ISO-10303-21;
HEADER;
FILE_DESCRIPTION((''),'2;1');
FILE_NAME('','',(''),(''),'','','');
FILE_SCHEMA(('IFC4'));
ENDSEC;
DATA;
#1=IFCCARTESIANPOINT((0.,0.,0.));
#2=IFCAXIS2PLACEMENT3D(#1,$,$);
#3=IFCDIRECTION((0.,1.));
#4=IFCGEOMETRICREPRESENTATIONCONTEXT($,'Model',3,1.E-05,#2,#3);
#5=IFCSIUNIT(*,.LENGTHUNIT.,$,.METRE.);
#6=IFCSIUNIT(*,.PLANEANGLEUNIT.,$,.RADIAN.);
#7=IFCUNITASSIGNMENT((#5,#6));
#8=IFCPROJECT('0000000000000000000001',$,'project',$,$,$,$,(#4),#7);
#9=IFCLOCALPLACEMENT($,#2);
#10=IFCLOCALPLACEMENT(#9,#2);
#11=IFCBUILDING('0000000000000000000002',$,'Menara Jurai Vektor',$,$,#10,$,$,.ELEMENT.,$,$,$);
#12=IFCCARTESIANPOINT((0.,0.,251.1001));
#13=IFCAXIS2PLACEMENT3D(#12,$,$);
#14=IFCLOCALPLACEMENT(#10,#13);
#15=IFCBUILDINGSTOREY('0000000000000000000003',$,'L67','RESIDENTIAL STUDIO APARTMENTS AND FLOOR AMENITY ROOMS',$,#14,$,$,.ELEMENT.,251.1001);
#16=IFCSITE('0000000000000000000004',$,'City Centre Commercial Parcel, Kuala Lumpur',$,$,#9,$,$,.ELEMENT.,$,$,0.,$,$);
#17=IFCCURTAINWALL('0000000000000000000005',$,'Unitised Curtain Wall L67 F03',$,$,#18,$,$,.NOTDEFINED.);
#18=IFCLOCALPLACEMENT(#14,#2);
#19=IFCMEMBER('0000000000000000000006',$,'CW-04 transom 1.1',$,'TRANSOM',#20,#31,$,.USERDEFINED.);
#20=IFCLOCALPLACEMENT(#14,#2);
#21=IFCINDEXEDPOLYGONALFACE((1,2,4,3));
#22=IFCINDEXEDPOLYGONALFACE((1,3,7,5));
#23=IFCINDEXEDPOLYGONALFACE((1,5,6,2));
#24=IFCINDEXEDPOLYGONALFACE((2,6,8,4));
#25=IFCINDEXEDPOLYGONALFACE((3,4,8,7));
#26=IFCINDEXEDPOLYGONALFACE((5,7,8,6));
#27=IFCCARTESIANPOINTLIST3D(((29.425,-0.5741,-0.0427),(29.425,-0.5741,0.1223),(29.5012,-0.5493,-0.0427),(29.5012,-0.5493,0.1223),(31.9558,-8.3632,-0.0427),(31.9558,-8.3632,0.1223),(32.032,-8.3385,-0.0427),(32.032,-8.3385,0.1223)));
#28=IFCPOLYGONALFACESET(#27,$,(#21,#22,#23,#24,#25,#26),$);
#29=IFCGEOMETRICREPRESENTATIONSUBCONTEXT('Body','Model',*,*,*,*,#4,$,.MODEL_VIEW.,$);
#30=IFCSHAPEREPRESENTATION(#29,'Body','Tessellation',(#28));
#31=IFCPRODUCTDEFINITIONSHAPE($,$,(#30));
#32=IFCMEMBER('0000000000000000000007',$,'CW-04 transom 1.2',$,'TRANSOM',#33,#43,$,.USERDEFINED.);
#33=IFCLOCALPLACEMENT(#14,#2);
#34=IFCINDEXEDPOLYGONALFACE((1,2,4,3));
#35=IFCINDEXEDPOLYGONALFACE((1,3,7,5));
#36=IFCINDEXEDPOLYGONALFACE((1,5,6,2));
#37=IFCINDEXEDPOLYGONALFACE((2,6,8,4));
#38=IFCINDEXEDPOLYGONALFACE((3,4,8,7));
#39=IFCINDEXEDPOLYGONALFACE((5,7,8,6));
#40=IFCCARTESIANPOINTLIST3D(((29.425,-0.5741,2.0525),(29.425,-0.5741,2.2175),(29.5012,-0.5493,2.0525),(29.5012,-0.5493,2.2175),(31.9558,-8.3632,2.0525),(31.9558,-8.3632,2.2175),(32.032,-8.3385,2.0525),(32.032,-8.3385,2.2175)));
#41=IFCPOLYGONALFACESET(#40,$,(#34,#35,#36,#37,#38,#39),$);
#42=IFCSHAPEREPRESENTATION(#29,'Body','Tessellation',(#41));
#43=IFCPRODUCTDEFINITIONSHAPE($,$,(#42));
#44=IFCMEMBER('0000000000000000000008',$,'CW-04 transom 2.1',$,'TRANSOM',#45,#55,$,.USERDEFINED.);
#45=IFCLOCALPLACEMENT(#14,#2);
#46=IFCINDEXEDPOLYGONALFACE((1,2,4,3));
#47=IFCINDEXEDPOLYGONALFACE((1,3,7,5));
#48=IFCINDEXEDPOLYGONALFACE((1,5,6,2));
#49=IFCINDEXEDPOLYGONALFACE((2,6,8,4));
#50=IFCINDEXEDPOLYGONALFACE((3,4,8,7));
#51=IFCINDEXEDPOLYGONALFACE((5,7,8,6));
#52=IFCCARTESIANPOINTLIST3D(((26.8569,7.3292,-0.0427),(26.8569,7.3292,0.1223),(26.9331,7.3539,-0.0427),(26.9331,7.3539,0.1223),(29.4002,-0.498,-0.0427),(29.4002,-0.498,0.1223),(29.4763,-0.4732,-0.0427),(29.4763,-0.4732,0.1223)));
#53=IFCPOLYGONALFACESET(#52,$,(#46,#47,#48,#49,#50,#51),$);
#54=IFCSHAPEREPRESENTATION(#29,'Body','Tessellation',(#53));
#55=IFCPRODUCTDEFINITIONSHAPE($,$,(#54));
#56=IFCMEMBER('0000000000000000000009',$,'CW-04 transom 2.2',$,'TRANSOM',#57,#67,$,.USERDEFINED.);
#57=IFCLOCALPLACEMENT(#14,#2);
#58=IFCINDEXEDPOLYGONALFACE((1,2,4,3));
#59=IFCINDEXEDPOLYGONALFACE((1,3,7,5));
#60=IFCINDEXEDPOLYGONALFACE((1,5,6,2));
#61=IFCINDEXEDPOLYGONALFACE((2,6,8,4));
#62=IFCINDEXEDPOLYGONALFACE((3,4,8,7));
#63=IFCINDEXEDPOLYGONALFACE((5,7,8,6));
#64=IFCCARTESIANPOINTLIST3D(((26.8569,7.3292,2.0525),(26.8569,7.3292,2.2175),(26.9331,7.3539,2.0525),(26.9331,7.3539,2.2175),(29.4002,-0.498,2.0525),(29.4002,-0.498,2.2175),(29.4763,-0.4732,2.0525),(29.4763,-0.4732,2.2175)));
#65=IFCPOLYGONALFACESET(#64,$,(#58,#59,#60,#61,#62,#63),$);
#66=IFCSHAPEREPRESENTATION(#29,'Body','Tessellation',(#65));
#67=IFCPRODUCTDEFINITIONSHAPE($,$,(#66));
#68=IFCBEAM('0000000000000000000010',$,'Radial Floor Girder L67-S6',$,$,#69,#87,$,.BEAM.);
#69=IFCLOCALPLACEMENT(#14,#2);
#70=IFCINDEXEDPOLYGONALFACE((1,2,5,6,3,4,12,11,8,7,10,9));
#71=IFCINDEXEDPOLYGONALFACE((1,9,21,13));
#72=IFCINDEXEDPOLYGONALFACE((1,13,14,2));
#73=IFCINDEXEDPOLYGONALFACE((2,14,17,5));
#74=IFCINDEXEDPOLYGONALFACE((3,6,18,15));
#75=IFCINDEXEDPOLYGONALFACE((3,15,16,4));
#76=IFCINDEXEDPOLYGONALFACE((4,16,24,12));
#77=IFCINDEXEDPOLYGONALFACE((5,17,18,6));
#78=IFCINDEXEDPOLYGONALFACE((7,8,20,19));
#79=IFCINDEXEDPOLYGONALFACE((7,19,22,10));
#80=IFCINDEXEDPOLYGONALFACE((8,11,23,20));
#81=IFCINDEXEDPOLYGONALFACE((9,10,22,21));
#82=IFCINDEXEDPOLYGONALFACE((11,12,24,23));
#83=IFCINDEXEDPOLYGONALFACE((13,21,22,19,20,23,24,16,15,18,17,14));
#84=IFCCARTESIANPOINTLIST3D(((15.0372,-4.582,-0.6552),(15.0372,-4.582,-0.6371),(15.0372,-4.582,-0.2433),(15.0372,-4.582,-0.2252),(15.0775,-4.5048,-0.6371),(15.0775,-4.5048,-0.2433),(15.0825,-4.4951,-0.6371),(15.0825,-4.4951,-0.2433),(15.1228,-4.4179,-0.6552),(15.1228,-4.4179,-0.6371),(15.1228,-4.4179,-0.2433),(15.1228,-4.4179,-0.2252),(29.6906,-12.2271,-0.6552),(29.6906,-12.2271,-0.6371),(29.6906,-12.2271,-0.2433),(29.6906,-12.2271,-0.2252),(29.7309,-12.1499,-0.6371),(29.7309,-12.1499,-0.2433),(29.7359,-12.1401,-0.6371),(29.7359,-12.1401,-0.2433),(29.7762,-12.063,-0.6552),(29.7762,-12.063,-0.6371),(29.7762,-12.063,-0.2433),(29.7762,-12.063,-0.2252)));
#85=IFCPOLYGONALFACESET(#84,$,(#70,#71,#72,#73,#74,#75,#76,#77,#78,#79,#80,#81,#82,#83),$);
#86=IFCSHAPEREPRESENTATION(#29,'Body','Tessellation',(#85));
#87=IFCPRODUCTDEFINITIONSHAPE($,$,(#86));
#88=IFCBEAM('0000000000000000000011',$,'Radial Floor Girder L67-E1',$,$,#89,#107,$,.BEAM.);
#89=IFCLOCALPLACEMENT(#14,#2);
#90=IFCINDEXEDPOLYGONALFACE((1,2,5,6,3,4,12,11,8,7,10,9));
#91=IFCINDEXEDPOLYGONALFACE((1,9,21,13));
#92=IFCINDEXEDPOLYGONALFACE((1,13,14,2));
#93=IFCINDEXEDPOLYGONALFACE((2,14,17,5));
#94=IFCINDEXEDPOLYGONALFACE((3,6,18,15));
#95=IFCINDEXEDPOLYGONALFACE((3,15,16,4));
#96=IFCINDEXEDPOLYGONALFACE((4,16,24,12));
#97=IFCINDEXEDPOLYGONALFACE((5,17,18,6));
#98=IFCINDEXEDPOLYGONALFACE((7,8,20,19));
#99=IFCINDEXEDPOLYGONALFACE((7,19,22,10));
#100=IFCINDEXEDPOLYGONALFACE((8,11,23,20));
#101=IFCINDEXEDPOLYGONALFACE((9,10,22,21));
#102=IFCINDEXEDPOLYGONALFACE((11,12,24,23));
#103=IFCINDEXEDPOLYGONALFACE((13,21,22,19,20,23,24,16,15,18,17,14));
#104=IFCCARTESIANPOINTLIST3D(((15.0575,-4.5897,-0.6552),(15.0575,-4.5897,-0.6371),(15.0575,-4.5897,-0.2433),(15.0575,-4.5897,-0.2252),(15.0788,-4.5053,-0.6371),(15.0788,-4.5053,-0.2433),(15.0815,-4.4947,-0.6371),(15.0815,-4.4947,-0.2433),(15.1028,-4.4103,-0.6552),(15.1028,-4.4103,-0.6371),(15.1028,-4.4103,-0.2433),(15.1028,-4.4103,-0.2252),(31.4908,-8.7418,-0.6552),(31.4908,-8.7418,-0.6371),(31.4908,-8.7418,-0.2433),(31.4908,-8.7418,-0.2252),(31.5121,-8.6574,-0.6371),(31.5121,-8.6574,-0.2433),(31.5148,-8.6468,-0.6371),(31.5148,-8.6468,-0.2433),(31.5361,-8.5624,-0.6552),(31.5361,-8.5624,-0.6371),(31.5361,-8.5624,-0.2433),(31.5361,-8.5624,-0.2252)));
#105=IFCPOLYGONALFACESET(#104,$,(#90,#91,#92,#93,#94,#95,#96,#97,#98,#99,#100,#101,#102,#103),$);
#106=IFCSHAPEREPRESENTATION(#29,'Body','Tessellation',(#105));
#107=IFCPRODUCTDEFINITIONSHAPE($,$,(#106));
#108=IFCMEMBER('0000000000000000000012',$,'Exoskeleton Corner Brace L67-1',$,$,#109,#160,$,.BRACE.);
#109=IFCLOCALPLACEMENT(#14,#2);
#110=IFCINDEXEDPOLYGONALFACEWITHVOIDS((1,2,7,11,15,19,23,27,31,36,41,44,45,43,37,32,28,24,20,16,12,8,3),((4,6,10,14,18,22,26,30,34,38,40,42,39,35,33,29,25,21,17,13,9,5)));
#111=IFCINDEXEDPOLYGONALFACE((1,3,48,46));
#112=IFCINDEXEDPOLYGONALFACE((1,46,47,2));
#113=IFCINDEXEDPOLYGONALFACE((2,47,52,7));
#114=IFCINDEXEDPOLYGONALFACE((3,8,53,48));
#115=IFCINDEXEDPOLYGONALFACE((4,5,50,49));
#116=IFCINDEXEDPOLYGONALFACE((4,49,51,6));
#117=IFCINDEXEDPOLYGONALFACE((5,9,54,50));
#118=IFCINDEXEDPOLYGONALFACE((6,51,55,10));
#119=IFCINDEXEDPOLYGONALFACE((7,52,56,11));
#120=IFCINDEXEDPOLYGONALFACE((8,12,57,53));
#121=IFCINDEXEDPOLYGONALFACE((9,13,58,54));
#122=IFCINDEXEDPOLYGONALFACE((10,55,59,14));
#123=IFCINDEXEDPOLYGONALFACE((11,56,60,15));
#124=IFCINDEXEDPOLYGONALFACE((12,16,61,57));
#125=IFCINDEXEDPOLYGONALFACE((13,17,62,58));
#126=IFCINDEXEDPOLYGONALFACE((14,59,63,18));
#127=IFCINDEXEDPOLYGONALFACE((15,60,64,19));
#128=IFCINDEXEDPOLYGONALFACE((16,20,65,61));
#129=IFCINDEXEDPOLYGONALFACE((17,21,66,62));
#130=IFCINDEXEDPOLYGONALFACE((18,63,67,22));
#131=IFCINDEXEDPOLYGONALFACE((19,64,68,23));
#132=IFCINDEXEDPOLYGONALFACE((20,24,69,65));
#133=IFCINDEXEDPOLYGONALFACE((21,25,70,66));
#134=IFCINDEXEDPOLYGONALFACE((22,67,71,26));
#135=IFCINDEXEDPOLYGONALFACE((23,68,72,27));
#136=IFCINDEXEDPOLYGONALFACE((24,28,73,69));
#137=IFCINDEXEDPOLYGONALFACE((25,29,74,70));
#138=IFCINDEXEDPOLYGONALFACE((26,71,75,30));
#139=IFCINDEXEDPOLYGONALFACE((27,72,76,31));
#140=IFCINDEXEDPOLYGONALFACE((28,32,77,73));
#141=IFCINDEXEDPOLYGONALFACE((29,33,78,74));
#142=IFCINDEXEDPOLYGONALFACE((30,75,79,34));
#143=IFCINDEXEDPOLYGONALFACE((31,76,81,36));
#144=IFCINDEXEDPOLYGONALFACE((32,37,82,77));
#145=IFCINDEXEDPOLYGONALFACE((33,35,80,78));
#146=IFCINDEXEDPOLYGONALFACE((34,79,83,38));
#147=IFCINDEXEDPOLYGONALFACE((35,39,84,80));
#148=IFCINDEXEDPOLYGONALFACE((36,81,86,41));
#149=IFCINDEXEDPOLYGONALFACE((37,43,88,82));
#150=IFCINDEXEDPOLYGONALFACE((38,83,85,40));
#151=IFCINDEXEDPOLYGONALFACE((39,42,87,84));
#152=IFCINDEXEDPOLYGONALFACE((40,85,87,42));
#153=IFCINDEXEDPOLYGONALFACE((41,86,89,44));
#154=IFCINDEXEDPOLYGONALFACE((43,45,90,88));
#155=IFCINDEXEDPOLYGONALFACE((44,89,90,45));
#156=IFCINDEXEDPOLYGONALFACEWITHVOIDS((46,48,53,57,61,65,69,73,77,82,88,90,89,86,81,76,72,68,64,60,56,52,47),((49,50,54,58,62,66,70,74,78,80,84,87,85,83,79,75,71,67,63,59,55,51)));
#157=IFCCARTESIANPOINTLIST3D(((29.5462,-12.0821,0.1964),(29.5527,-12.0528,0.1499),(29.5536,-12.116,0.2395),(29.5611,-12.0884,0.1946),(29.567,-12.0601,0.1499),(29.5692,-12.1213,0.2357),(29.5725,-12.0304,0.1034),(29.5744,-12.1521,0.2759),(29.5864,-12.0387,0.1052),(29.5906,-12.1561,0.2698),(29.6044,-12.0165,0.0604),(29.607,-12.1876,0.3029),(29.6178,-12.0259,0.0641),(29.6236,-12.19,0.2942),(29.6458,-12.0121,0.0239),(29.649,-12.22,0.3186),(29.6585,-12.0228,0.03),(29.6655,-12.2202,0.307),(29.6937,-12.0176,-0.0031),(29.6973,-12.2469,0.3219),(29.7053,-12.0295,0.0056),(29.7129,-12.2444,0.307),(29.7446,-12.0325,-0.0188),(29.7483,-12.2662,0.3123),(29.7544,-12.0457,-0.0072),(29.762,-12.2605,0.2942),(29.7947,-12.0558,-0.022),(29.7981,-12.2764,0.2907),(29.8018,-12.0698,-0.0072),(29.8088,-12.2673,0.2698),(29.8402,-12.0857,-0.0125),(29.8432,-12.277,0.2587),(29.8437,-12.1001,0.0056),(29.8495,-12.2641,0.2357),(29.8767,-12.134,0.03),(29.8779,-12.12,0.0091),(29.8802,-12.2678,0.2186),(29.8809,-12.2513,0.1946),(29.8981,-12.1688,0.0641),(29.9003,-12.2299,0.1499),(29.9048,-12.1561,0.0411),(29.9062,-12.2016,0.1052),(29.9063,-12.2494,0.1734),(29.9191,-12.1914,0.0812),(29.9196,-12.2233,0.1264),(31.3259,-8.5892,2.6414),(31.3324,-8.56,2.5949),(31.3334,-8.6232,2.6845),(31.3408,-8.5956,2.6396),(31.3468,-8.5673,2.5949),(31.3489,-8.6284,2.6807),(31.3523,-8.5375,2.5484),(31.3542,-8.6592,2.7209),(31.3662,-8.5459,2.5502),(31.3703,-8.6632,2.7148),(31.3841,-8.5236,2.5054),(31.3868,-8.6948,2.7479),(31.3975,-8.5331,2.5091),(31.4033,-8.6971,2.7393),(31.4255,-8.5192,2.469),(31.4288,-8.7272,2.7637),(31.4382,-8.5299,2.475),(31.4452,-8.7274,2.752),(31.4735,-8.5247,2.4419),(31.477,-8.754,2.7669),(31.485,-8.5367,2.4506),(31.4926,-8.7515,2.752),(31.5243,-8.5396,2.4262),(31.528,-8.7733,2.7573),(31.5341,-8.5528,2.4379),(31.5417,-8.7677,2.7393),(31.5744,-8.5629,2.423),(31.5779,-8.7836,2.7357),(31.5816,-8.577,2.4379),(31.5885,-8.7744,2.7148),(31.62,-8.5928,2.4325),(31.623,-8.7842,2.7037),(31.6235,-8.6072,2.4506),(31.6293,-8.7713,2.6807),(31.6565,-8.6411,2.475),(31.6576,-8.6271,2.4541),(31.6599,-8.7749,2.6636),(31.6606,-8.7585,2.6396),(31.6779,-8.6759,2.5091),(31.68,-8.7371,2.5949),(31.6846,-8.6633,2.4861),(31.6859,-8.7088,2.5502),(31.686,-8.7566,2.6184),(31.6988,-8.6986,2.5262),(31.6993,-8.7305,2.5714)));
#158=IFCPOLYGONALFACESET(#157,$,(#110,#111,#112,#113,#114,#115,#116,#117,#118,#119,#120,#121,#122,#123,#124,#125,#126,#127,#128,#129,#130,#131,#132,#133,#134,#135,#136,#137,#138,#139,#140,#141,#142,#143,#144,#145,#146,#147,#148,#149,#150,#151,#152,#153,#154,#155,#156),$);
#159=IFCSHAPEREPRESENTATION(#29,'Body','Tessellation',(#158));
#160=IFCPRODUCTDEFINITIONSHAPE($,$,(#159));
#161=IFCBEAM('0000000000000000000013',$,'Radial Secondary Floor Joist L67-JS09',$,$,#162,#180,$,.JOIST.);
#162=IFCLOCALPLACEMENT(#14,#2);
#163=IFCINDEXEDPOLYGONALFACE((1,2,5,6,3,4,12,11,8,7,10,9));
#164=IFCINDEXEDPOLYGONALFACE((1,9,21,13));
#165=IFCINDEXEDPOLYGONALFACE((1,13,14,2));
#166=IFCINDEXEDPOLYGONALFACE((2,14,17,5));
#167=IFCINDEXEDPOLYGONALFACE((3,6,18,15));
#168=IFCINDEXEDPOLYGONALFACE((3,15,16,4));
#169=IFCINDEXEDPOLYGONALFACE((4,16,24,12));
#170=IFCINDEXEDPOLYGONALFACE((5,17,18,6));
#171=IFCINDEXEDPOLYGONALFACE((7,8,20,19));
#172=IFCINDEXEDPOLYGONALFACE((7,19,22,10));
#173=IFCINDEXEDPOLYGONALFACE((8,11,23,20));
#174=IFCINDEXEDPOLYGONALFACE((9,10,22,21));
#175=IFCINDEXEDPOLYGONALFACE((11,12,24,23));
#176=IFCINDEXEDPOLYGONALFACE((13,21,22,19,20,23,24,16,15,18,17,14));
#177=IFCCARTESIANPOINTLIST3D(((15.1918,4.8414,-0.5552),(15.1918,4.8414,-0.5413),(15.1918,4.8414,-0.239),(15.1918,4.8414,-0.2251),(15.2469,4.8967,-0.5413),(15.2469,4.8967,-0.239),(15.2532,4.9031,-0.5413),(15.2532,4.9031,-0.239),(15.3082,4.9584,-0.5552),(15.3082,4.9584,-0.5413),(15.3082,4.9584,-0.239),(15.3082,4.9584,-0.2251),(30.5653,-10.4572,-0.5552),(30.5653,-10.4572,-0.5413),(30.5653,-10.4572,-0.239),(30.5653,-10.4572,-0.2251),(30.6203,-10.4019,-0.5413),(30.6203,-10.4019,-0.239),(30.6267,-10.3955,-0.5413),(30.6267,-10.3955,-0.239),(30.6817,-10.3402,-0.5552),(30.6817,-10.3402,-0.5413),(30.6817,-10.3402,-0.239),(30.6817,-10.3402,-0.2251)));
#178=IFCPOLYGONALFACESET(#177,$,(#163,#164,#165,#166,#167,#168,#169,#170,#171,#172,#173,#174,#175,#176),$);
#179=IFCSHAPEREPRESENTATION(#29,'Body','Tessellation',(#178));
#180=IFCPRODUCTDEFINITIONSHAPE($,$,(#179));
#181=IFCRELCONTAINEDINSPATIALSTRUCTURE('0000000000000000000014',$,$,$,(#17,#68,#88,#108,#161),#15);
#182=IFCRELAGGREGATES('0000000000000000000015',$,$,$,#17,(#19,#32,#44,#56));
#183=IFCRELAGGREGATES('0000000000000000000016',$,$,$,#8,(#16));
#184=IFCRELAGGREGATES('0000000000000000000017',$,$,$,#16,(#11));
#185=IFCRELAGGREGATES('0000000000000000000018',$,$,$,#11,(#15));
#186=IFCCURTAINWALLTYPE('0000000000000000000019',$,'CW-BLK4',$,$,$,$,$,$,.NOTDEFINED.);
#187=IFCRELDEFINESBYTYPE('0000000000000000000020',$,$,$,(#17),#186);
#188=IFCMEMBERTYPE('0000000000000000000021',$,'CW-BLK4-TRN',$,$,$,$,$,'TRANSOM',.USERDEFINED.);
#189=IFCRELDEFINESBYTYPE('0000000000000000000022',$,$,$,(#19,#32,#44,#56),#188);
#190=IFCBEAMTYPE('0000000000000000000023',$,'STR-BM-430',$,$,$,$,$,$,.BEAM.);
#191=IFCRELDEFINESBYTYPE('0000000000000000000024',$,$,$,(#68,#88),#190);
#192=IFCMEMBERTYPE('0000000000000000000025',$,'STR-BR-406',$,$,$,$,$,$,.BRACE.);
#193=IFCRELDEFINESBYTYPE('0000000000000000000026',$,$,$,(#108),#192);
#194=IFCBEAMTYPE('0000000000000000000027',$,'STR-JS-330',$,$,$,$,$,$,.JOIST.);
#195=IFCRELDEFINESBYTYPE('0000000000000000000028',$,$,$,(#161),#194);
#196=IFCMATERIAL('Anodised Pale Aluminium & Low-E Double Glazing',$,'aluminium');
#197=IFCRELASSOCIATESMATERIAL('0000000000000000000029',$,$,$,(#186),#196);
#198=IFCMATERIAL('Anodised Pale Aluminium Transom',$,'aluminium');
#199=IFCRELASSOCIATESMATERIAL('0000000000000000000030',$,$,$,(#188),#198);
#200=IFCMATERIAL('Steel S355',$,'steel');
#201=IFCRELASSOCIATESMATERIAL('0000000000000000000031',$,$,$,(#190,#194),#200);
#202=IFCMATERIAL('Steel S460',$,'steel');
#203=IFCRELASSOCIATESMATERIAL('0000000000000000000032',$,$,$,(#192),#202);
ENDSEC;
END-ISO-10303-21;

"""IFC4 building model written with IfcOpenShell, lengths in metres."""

from ifc_helpers import new_model, si_unit, direction, frame, origin, origin_2d, place, context, subcontext, project, spatial, rectangle, hollow_circle, i_section, extrude, material, material_profile, profile_set, type_object, element, aggregate, save


model = new_model("IFC4")

# Units and contexts
model_context = context("Model", 3, precision=1e-05, world=origin(), true_north=direction((0.0, 1.0)))
body_context = subcontext(model_context, "Body", "Model", "MODEL_VIEW")
ifc_project = project(units=[si_unit("LENGTHUNIT", "METRE"), si_unit("PLANEANGLEUNIT", "RADIAN")], contexts=[model_context])

# Site, building, storey
site_placement = place(None, origin())
site = spatial("IfcSite", under=ifc_project, at=site_placement, Name="City Centre Commercial Parcel, Kuala Lumpur", CompositionType="ELEMENT", RefElevation=0.0)
building_placement = place(site_placement, origin())
building = spatial("IfcBuilding", under=site, at=building_placement, Name="Menara Jurai Vektor", CompositionType="ELEMENT")
storey_placement = place(building_placement, frame((0.0, 0.0, 251.1001)))
storey = spatial("IfcBuildingStorey", under=building, at=storey_placement, Name="L67", Description="RESIDENTIAL STUDIO APARTMENTS AND FLOOR AMENITY ROOMS", CompositionType="ELEMENT", Elevation=251.1001)

# Shared definitions
ifc_material_1 = material(Name="Steel S460", Category="steel")

# Shared definitions
ifc_material_2 = material(Name="Anodised Pale Aluminium & Low-E Double Glazing", Category="aluminium")
curtain_wall_type = type_object("IfcCurtainWallType", Name="CW-BLK4", PredefinedType="NOTDEFINED", material=ifc_material_2)

# Curtain wall
curtain_wall_1_placement = place(storey_placement, origin())
curtain_wall_1 = element("IfcCurtainWall", 1, at=curtain_wall_1_placement, inside=storey, type_object=curtain_wall_type, Name="Unitised Curtain Wall L67 F03", PredefinedType="NOTDEFINED")

# Members
ifc_material_3 = material(Name="Anodised Pale Aluminium Transom", Category="aluminium")
ifc_material_profile_1 = material_profile(ifc_material_3, rectangle(XDim=0.0801, YDim=0.165, at=origin_2d()), Name="ALU TRN 80x165")
ifc_profile_set_1 = profile_set([ifc_material_profile_1], Name="Anodised Pale Aluminium Transom")
member_type_1 = type_object("IfcMemberType", Name="CW-BLK4-TRN", ElementType="TRANSOM", PredefinedType="USERDEFINED", material=ifc_profile_set_1)
member_1_placement = place(storey_placement, frame((31.9939, -8.3508, 0.0398), z_axis=(-0.309011, 0.951059, 0.0), x_axis=(-0.951059, -0.309011, 0.0)))
member_1 = element("IfcMember", 2, at=member_1_placement, type_object=member_type_1, Name="CW-04 transom 1.1", ObjectType="TRANSOM", PredefinedType="USERDEFINED", context=body_context, shape_type="SweptSolid", body=[
    extrude(rectangle(XDim=0.0801, YDim=0.165, at=origin_2d()), origin(), (0.0, 0.0, 1.0), 8.1899),
])
member_2_placement = place(storey_placement, frame((31.9939, -8.3508, 2.135), z_axis=(-0.309011, 0.951059, 0.0), x_axis=(-0.951059, -0.309011, 0.0)))
member_2 = element("IfcMember", 3, at=member_2_placement, type_object=member_type_1, Name="CW-04 transom 1.2", ObjectType="TRANSOM", PredefinedType="USERDEFINED", context=body_context, shape_type="SweptSolid", body=[
    extrude(rectangle(XDim=0.0801, YDim=0.165, at=origin_2d()), origin(), (0.0, 0.0, 1.0), 8.1899),
])
member_3_placement = place(storey_placement, frame((29.4382, -0.4856, 0.0398), z_axis=(-0.309019, 0.951056, 0.0), x_axis=(-0.951056, -0.309019, 0.0)))
member_3 = element("IfcMember", 4, at=member_3_placement, type_object=member_type_1, Name="CW-04 transom 2.1", ObjectType="TRANSOM", PredefinedType="USERDEFINED", context=body_context, shape_type="SweptSolid", body=[
    extrude(rectangle(XDim=0.0801, YDim=0.165, at=origin_2d()), origin(), (0.0, 0.0, 1.0), 8.23),
])
member_4_placement = place(storey_placement, frame((29.4382, -0.4856, 2.135), z_axis=(-0.309019, 0.951056, 0.0), x_axis=(-0.951056, -0.309019, 0.0)))
member_4 = element("IfcMember", 5, at=member_4_placement, type_object=member_type_1, Name="CW-04 transom 2.2", ObjectType="TRANSOM", PredefinedType="USERDEFINED", context=body_context, shape_type="SweptSolid", body=[
    extrude(rectangle(XDim=0.0801, YDim=0.165, at=origin_2d()), origin(), (0.0, 0.0, 1.0), 8.23),
])

# Beams
ifc_material_4 = material(Name="Steel S355", Category="steel")
ifc_material_profile_2 = material_profile(ifc_material_4, i_section(OverallWidth=0.1851, OverallDepth=0.4299, WebThickness=0.011, FlangeThickness=0.0181, at=origin_2d()), Name="PG 430x185x76")
ifc_profile_set_2 = profile_set([ifc_material_profile_2], Name="Steel S355")
beam_type_1 = type_object("IfcBeamType", Name="STR-BM-430", PredefinedType="BEAM", material=ifc_profile_set_2)
beam_1_placement = place(storey_placement, frame((29.7334, -12.145, -0.4402), z_axis=(-0.88659, 0.462557, 0.0), x_axis=(-0.462557, -0.88659, 0.0)))
element("IfcBeam", 6, at=beam_1_placement, inside=storey, type_object=beam_type_1, Name="Radial Floor Girder L67-S6", PredefinedType="BEAM", context=body_context, shape_type="SweptSolid", body=[
    extrude(i_section(OverallWidth=0.1851, OverallDepth=0.4299, WebThickness=0.011, FlangeThickness=0.0181, at=origin_2d()), origin(), (0.0, 0.0, 1.0), 16.5278),
])
beam_2_placement = place(storey_placement, frame((31.5134, -8.6521, -0.4402), z_axis=(-0.969532, 0.244965, 0.0), x_axis=(-0.244965, -0.969532, 0.0)))
element("IfcBeam", 7, at=beam_2_placement, inside=storey, type_object=beam_type_1, Name="Radial Floor Girder L67-E1", PredefinedType="BEAM", context=body_context, shape_type="SweptSolid", body=[
    extrude(i_section(OverallWidth=0.1851, OverallDepth=0.4299, WebThickness=0.011, FlangeThickness=0.0181, at=origin_2d()), origin(), (0.0, 0.0, 1.0), 16.9497),
])

# Member
ifc_material_profile_3 = material_profile(ifc_material_1, hollow_circle(Radius=0.2031, WallThickness=0.0161, at=origin_2d()), Name="CHS 406.4x16")
ifc_profile_set_3 = profile_set([ifc_material_profile_3], Name="Steel S460")
member_type_2 = type_object("IfcMemberType", Name="STR-BR-406", PredefinedType="BRACE", material=ifc_profile_set_3)
member_5_placement = place(storey_placement, frame((29.7336, -12.145, 0.1499), z_axis=(0.385216, 0.756006, 0.52921), x_axis=(-0.891001, 0.454001, 0.0)))
element("IfcMember", 8, at=member_5_placement, inside=storey, type_object=member_type_2, Name="Exoskeleton Corner Brace L67-1", PredefinedType="BRACE", context=body_context, shape_type="SweptSolid", body=[
    extrude(hollow_circle(Radius=0.2031, WallThickness=0.0161, at=origin_2d()), origin(), (0.0, 0.0, 1.0), 4.6201),
])

# Beam
ifc_material_profile_4 = material_profile(ifc_material_4, i_section(OverallWidth=0.165, OverallDepth=0.3301, WebThickness=0.009, FlangeThickness=0.0139, at=origin_2d()), Name="PG 330x165x46")
ifc_profile_set_4 = profile_set([ifc_material_profile_4], Name="Steel S355")
beam_type_2 = type_object("IfcBeamType", Name="STR-JS-330", PredefinedType="JOIST", material=ifc_profile_set_4)
beam_3_placement = place(storey_placement, frame((30.6235, -10.3987, -0.3901), z_axis=(-0.708833, 0.705377, 0.0), x_axis=(-0.705377, -0.708833, 0.0)))
element("IfcBeam", 9, at=beam_3_placement, inside=storey, type_object=beam_type_2, Name="Radial Secondary Floor Joist L67-JS09", PredefinedType="JOIST", context=body_context, shape_type="SweptSolid", body=[
    extrude(i_section(OverallWidth=0.165, OverallDepth=0.3301, WebThickness=0.009, FlangeThickness=0.0139, at=origin_2d()), origin(), (0.0, 0.0, 1.0), 21.6885),
])

aggregate(curtain_wall_1, [member_1, member_2, member_3, member_4])

save(model, "model.ifc")
